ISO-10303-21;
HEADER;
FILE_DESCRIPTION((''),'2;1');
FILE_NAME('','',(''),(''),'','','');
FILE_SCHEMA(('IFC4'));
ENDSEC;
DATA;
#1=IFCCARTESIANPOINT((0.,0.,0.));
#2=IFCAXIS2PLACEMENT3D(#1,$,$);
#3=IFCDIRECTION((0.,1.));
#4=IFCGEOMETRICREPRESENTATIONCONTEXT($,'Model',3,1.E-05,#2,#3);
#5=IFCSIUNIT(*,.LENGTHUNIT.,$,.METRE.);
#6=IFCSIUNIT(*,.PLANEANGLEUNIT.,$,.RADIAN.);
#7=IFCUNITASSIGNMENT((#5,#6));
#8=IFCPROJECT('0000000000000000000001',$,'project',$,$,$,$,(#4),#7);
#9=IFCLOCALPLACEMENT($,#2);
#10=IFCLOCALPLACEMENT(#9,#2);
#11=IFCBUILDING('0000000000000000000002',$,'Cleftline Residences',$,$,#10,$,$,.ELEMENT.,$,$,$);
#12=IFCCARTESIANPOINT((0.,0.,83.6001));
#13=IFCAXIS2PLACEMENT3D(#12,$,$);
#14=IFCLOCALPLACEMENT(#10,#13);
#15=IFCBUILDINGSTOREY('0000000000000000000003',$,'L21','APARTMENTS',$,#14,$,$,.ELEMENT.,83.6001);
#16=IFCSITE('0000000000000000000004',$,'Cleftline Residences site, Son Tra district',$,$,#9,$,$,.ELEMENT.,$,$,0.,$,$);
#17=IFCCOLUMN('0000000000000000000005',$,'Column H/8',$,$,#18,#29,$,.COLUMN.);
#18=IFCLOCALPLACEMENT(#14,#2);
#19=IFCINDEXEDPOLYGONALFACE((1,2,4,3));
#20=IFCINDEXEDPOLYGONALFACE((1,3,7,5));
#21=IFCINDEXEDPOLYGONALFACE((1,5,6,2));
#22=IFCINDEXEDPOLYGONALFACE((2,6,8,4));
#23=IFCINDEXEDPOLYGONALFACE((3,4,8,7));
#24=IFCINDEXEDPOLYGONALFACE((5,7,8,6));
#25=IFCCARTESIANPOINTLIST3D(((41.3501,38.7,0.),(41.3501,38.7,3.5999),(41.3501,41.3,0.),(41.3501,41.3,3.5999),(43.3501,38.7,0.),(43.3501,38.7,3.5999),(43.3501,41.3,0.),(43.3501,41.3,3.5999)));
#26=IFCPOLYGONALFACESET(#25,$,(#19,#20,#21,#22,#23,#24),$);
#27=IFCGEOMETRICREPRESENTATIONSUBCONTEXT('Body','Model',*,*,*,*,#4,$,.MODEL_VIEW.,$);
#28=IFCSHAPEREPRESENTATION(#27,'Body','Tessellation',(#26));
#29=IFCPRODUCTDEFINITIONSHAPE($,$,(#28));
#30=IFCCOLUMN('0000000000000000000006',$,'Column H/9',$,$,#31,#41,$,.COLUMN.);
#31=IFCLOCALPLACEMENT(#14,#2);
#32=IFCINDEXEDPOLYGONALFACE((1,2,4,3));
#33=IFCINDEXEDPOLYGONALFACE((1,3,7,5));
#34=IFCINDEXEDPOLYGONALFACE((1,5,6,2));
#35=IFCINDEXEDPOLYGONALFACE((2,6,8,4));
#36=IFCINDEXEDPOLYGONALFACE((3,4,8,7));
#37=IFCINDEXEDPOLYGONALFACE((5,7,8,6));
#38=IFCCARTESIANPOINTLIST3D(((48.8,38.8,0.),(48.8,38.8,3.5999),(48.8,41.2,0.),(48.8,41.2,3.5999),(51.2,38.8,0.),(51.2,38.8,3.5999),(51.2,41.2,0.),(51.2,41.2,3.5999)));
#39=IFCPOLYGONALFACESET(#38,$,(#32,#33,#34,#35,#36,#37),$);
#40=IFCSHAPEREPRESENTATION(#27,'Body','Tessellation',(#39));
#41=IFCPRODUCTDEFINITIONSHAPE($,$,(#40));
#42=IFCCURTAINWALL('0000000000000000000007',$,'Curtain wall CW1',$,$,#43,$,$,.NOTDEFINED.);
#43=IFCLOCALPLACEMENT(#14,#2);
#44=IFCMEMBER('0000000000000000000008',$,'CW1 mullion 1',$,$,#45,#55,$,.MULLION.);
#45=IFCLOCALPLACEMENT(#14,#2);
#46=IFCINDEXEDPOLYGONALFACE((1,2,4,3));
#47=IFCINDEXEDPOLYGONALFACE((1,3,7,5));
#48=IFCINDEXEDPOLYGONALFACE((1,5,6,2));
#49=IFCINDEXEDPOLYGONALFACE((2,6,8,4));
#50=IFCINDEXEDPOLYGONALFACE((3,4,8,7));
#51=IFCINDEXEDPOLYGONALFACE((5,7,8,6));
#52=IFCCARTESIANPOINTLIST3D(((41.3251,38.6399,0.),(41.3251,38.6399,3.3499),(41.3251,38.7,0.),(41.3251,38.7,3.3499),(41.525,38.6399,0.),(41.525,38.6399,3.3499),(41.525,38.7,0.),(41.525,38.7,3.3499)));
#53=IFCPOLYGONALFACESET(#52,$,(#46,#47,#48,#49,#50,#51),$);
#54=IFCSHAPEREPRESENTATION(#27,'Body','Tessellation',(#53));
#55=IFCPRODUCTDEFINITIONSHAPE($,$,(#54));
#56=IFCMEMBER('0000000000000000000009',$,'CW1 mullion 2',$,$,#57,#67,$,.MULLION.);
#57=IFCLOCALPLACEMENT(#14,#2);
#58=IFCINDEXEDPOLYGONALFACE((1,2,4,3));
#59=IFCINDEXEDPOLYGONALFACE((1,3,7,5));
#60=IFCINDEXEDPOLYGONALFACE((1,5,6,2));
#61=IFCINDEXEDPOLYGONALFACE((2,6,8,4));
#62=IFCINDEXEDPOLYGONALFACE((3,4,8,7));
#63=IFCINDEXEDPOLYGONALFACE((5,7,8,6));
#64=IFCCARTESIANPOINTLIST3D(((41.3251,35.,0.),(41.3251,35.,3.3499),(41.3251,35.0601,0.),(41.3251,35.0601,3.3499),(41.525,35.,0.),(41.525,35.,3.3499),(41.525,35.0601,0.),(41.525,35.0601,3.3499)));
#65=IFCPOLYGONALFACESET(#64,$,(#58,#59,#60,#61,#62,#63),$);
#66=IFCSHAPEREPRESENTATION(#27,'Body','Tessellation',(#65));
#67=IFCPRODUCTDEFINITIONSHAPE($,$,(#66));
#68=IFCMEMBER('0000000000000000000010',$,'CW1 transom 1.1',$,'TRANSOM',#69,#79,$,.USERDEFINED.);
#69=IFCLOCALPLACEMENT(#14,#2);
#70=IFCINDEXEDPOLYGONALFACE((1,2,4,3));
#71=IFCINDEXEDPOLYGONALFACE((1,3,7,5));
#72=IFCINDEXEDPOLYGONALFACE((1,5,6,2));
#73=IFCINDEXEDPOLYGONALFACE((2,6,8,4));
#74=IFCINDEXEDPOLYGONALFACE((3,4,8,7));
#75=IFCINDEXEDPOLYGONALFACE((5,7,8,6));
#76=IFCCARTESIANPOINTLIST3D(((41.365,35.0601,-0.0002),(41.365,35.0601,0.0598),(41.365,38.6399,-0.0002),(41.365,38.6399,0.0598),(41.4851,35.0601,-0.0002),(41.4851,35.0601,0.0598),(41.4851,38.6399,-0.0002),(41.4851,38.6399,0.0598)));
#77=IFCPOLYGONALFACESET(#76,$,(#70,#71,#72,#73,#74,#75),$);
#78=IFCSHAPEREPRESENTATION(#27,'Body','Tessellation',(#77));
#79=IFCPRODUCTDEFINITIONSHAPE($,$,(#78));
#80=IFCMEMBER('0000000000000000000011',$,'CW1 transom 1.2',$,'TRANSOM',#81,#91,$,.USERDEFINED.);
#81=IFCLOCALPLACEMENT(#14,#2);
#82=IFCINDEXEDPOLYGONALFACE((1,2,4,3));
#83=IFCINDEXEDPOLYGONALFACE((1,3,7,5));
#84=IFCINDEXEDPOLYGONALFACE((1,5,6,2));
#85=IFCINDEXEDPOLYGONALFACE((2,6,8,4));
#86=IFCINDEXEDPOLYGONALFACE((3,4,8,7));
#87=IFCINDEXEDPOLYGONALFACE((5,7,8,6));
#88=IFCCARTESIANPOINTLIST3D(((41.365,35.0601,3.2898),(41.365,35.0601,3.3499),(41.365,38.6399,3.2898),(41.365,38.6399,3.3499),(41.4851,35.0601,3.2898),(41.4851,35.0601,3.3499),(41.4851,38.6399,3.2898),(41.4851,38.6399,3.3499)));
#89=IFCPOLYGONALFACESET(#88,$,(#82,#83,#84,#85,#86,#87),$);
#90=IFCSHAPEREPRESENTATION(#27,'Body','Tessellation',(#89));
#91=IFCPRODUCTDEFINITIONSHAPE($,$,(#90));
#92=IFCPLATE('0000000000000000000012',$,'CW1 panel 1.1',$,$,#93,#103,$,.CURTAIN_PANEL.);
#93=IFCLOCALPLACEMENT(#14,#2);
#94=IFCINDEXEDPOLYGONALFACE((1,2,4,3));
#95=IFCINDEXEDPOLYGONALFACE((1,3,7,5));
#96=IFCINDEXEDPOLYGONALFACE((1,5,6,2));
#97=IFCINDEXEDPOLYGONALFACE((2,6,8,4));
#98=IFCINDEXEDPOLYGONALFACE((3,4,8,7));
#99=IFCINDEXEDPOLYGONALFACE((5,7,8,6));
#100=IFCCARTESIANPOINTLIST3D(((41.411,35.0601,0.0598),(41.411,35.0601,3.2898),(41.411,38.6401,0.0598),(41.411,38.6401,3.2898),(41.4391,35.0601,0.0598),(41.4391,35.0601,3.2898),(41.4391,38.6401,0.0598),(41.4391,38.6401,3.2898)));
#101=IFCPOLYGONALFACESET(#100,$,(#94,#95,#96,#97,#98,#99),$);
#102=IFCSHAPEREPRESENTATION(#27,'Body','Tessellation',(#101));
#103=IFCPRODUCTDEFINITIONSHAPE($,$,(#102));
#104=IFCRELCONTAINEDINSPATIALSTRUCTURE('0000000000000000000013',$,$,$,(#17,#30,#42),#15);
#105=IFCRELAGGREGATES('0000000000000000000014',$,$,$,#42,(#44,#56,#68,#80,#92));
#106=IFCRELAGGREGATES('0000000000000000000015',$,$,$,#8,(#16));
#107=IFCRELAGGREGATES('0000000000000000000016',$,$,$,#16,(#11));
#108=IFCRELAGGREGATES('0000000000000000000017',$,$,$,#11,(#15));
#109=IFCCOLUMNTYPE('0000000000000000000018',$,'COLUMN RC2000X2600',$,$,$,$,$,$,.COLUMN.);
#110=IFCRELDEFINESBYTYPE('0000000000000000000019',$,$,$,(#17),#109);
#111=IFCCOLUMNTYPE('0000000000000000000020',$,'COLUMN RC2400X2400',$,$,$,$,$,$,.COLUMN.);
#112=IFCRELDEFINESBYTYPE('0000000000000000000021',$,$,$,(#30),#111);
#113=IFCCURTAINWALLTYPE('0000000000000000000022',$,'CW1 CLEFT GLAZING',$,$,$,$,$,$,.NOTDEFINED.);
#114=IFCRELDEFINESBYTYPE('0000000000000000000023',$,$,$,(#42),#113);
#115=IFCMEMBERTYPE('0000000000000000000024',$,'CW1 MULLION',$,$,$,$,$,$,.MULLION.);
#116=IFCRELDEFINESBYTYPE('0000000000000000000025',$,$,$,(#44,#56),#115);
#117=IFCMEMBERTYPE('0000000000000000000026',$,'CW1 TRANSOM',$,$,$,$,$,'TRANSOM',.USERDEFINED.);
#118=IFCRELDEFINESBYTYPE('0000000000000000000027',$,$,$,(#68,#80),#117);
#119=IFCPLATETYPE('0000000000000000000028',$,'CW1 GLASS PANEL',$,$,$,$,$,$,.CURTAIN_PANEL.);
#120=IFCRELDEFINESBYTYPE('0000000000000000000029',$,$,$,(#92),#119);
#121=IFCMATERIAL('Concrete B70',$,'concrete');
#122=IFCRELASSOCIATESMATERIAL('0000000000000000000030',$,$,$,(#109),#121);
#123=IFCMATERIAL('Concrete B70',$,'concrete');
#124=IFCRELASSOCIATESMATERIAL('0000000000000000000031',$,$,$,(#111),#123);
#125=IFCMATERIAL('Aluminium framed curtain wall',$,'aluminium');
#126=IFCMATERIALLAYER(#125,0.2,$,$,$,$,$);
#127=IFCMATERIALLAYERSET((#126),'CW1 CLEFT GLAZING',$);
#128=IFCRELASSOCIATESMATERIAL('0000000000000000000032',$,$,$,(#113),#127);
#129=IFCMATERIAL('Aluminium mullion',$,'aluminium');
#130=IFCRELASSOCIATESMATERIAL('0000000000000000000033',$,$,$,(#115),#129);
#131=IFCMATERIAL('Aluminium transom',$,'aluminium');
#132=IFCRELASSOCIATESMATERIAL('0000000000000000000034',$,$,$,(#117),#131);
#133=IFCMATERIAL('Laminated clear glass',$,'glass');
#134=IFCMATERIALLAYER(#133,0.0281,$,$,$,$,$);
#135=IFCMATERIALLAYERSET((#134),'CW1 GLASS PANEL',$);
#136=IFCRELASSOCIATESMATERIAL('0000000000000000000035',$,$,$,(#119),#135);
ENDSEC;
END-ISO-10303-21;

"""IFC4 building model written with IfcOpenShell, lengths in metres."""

from ifc_helpers import new_model, si_unit, direction, frame, origin, origin_2d, place, context, subcontext, project, spatial, rectangle, extrude, material, layer, layer_set, material_profile, profile_set, type_object, element, aggregate, save


model = new_model("IFC4")

# Units and contexts
model_context = context("Model", 3, precision=1e-05, world=origin(), true_north=direction((0.0, 1.0)))
body_context = subcontext(model_context, "Body", "Model", "MODEL_VIEW")
ifc_project = project(units=[si_unit("LENGTHUNIT", "METRE"), si_unit("PLANEANGLEUNIT", "RADIAN")], contexts=[model_context])

# Site, building, storey
site_placement = place(None, origin())
site = spatial("IfcSite", under=ifc_project, at=site_placement, Name="Cleftline Residences site, Son Tra district", CompositionType="ELEMENT", RefElevation=0.0)
building_placement = place(site_placement, origin())
building = spatial("IfcBuilding", under=site, at=building_placement, Name="Cleftline Residences", CompositionType="ELEMENT")
storey_placement = place(building_placement, frame((0.0, 0.0, 83.6001)))
storey = spatial("IfcBuildingStorey", under=building, at=storey_placement, Name="L21", Description="APARTMENTS", CompositionType="ELEMENT", Elevation=83.6001)

# Columns
ifc_material_1 = material(Name="Concrete B70", Category="concrete")
ifc_material_profile_1 = material_profile(ifc_material_1, rectangle(XDim=2.0, YDim=2.6001, at=origin_2d()))
ifc_profile_set_1 = profile_set([ifc_material_profile_1], Name="Concrete B70")
column_type_1 = type_object("IfcColumnType", Name="COLUMN RC2000X2600", PredefinedType="COLUMN", material=ifc_profile_set_1)
column_1_placement = place(storey_placement, frame((42.3501, 40.0, 0.0), z_axis=(0.0, 0.0, 1.0), x_axis=(1.0, 0.0, 0.0)))
element("IfcColumn", 1, at=column_1_placement, inside=storey, type_object=column_type_1, Name="Column H/8", PredefinedType="COLUMN", context=body_context, shape_type="SweptSolid", body=[
    extrude(rectangle(XDim=2.0, YDim=2.6001, at=origin_2d()), origin(), (0.0, 0.0, 1.0), 3.5999),
])
ifc_material_2 = material(Name="Concrete B70", Category="concrete")
ifc_material_profile_2 = material_profile(ifc_material_2, rectangle(XDim=2.3999, YDim=2.3999, at=origin_2d()))
ifc_profile_set_2 = profile_set([ifc_material_profile_2], Name="Concrete B70")
column_type_2 = type_object("IfcColumnType", Name="COLUMN RC2400X2400", PredefinedType="COLUMN", material=ifc_profile_set_2)
column_2_placement = place(storey_placement, frame((50.0, 40.0, 0.0), z_axis=(0.0, 0.0, 1.0), x_axis=(1.0, 0.0, 0.0)))
element("IfcColumn", 2, at=column_2_placement, inside=storey, type_object=column_type_2, Name="Column H/9", PredefinedType="COLUMN", context=body_context, shape_type="SweptSolid", body=[
    extrude(rectangle(XDim=2.3999, YDim=2.3999, at=origin_2d()), origin(), (0.0, 0.0, 1.0), 3.5999),
])

# Curtain wall, members, plate
ifc_material_3 = material(Name="Aluminium framed curtain wall", Category="aluminium")
ifc_layer_1 = layer(ifc_material_3, 0.2)
ifc_layer_set_1 = layer_set([ifc_layer_1], Name="CW1 CLEFT GLAZING")
curtain_wall_type = type_object("IfcCurtainWallType", Name="CW1 CLEFT GLAZING", PredefinedType="NOTDEFINED", material=ifc_layer_set_1)
curtain_wall_placement = place(storey_placement, origin())
curtain_wall = element("IfcCurtainWall", 3, at=curtain_wall_placement, inside=storey, type_object=curtain_wall_type, Name="Curtain wall CW1", PredefinedType="NOTDEFINED")
ifc_material_4 = material(Name="Aluminium mullion", Category="aluminium")
ifc_material_profile_3 = material_profile(ifc_material_4, rectangle(XDim=0.2, YDim=0.0601, at=origin_2d()))
ifc_profile_set_3 = profile_set([ifc_material_profile_3], Name="Aluminium mullion")
member_type_1 = type_object("IfcMemberType", Name="CW1 MULLION", PredefinedType="MULLION", material=ifc_profile_set_3)
member_1_placement = place(storey_placement, frame((41.425, 38.6699, 0.0), z_axis=(0.0, 0.0, 1.0), x_axis=(1.0, 0.0, 0.0)))
member_1 = element("IfcMember", 4, at=member_1_placement, type_object=member_type_1, Name="CW1 mullion 1", PredefinedType="MULLION", context=body_context, shape_type="SweptSolid", body=[
    extrude(rectangle(XDim=0.2, YDim=0.0601, at=origin_2d()), origin(), (0.0, 0.0, 1.0), 3.3499),
])
member_2_placement = place(storey_placement, frame((41.425, 35.03, 0.0), z_axis=(0.0, 0.0, 1.0), x_axis=(1.0, 0.0, 0.0)))
member_2 = element("IfcMember", 5, at=member_2_placement, type_object=member_type_1, Name="CW1 mullion 2", PredefinedType="MULLION", context=body_context, shape_type="SweptSolid", body=[
    extrude(rectangle(XDim=0.2, YDim=0.0601, at=origin_2d()), origin(), (0.0, 0.0, 1.0), 3.3499),
])
ifc_material_5 = material(Name="Aluminium transom", Category="aluminium")
ifc_material_profile_4 = material_profile(ifc_material_5, rectangle(XDim=0.1201, YDim=0.0601, at=origin_2d()))
ifc_profile_set_4 = profile_set([ifc_material_profile_4], Name="Aluminium transom")
member_type_2 = type_object("IfcMemberType", Name="CW1 TRANSOM", ElementType="TRANSOM", PredefinedType="USERDEFINED", material=ifc_profile_set_4)
member_3_placement = place(storey_placement, frame((41.425, 38.6399, 0.0298), z_axis=(0.0, -1.0, 0.0), x_axis=(1.0, 0.0, 0.0)))
member_3 = element("IfcMember", 6, at=member_3_placement, type_object=member_type_2, Name="CW1 transom 1.1", ObjectType="TRANSOM", PredefinedType="USERDEFINED", context=body_context, shape_type="SweptSolid", body=[
    extrude(rectangle(XDim=0.1201, YDim=0.0601, at=origin_2d()), origin(), (0.0, 0.0, 1.0), 3.5798),
])
member_4_placement = place(storey_placement, frame((41.425, 38.6399, 3.3198), z_axis=(0.0, -1.0, 0.0), x_axis=(1.0, 0.0, 0.0)))
member_4 = element("IfcMember", 7, at=member_4_placement, type_object=member_type_2, Name="CW1 transom 1.2", ObjectType="TRANSOM", PredefinedType="USERDEFINED", context=body_context, shape_type="SweptSolid", body=[
    extrude(rectangle(XDim=0.1201, YDim=0.0601, at=origin_2d()), origin(), (0.0, 0.0, 1.0), 3.5798),
])
ifc_material_6 = material(Name="Laminated clear glass", Category="glass")
ifc_layer_2 = layer(ifc_material_6, 0.0281)
ifc_layer_set_2 = layer_set([ifc_layer_2], Name="CW1 GLASS PANEL")
plate_type = type_object("IfcPlateType", Name="CW1 GLASS PANEL", PredefinedType="CURTAIN_PANEL", material=ifc_layer_set_2)
plate_placement = place(storey_placement, frame((41.425, 36.8501, 0.0598), z_axis=(0.0, 0.0, 1.0), x_axis=(0.0, -1.0, 0.0)))
plate = element("IfcPlate", 8, at=plate_placement, type_object=plate_type, Name="CW1 panel 1.1", PredefinedType="CURTAIN_PANEL", context=body_context, shape_type="SweptSolid", body=[
    extrude(rectangle(XDim=3.5801, YDim=0.0281, at=origin_2d()), origin(), (0.0, 0.0, 1.0), 3.23),
])
aggregate(curtain_wall, [member_1, member_2, member_3, member_4, plate])

save(model, "model.ifc")
